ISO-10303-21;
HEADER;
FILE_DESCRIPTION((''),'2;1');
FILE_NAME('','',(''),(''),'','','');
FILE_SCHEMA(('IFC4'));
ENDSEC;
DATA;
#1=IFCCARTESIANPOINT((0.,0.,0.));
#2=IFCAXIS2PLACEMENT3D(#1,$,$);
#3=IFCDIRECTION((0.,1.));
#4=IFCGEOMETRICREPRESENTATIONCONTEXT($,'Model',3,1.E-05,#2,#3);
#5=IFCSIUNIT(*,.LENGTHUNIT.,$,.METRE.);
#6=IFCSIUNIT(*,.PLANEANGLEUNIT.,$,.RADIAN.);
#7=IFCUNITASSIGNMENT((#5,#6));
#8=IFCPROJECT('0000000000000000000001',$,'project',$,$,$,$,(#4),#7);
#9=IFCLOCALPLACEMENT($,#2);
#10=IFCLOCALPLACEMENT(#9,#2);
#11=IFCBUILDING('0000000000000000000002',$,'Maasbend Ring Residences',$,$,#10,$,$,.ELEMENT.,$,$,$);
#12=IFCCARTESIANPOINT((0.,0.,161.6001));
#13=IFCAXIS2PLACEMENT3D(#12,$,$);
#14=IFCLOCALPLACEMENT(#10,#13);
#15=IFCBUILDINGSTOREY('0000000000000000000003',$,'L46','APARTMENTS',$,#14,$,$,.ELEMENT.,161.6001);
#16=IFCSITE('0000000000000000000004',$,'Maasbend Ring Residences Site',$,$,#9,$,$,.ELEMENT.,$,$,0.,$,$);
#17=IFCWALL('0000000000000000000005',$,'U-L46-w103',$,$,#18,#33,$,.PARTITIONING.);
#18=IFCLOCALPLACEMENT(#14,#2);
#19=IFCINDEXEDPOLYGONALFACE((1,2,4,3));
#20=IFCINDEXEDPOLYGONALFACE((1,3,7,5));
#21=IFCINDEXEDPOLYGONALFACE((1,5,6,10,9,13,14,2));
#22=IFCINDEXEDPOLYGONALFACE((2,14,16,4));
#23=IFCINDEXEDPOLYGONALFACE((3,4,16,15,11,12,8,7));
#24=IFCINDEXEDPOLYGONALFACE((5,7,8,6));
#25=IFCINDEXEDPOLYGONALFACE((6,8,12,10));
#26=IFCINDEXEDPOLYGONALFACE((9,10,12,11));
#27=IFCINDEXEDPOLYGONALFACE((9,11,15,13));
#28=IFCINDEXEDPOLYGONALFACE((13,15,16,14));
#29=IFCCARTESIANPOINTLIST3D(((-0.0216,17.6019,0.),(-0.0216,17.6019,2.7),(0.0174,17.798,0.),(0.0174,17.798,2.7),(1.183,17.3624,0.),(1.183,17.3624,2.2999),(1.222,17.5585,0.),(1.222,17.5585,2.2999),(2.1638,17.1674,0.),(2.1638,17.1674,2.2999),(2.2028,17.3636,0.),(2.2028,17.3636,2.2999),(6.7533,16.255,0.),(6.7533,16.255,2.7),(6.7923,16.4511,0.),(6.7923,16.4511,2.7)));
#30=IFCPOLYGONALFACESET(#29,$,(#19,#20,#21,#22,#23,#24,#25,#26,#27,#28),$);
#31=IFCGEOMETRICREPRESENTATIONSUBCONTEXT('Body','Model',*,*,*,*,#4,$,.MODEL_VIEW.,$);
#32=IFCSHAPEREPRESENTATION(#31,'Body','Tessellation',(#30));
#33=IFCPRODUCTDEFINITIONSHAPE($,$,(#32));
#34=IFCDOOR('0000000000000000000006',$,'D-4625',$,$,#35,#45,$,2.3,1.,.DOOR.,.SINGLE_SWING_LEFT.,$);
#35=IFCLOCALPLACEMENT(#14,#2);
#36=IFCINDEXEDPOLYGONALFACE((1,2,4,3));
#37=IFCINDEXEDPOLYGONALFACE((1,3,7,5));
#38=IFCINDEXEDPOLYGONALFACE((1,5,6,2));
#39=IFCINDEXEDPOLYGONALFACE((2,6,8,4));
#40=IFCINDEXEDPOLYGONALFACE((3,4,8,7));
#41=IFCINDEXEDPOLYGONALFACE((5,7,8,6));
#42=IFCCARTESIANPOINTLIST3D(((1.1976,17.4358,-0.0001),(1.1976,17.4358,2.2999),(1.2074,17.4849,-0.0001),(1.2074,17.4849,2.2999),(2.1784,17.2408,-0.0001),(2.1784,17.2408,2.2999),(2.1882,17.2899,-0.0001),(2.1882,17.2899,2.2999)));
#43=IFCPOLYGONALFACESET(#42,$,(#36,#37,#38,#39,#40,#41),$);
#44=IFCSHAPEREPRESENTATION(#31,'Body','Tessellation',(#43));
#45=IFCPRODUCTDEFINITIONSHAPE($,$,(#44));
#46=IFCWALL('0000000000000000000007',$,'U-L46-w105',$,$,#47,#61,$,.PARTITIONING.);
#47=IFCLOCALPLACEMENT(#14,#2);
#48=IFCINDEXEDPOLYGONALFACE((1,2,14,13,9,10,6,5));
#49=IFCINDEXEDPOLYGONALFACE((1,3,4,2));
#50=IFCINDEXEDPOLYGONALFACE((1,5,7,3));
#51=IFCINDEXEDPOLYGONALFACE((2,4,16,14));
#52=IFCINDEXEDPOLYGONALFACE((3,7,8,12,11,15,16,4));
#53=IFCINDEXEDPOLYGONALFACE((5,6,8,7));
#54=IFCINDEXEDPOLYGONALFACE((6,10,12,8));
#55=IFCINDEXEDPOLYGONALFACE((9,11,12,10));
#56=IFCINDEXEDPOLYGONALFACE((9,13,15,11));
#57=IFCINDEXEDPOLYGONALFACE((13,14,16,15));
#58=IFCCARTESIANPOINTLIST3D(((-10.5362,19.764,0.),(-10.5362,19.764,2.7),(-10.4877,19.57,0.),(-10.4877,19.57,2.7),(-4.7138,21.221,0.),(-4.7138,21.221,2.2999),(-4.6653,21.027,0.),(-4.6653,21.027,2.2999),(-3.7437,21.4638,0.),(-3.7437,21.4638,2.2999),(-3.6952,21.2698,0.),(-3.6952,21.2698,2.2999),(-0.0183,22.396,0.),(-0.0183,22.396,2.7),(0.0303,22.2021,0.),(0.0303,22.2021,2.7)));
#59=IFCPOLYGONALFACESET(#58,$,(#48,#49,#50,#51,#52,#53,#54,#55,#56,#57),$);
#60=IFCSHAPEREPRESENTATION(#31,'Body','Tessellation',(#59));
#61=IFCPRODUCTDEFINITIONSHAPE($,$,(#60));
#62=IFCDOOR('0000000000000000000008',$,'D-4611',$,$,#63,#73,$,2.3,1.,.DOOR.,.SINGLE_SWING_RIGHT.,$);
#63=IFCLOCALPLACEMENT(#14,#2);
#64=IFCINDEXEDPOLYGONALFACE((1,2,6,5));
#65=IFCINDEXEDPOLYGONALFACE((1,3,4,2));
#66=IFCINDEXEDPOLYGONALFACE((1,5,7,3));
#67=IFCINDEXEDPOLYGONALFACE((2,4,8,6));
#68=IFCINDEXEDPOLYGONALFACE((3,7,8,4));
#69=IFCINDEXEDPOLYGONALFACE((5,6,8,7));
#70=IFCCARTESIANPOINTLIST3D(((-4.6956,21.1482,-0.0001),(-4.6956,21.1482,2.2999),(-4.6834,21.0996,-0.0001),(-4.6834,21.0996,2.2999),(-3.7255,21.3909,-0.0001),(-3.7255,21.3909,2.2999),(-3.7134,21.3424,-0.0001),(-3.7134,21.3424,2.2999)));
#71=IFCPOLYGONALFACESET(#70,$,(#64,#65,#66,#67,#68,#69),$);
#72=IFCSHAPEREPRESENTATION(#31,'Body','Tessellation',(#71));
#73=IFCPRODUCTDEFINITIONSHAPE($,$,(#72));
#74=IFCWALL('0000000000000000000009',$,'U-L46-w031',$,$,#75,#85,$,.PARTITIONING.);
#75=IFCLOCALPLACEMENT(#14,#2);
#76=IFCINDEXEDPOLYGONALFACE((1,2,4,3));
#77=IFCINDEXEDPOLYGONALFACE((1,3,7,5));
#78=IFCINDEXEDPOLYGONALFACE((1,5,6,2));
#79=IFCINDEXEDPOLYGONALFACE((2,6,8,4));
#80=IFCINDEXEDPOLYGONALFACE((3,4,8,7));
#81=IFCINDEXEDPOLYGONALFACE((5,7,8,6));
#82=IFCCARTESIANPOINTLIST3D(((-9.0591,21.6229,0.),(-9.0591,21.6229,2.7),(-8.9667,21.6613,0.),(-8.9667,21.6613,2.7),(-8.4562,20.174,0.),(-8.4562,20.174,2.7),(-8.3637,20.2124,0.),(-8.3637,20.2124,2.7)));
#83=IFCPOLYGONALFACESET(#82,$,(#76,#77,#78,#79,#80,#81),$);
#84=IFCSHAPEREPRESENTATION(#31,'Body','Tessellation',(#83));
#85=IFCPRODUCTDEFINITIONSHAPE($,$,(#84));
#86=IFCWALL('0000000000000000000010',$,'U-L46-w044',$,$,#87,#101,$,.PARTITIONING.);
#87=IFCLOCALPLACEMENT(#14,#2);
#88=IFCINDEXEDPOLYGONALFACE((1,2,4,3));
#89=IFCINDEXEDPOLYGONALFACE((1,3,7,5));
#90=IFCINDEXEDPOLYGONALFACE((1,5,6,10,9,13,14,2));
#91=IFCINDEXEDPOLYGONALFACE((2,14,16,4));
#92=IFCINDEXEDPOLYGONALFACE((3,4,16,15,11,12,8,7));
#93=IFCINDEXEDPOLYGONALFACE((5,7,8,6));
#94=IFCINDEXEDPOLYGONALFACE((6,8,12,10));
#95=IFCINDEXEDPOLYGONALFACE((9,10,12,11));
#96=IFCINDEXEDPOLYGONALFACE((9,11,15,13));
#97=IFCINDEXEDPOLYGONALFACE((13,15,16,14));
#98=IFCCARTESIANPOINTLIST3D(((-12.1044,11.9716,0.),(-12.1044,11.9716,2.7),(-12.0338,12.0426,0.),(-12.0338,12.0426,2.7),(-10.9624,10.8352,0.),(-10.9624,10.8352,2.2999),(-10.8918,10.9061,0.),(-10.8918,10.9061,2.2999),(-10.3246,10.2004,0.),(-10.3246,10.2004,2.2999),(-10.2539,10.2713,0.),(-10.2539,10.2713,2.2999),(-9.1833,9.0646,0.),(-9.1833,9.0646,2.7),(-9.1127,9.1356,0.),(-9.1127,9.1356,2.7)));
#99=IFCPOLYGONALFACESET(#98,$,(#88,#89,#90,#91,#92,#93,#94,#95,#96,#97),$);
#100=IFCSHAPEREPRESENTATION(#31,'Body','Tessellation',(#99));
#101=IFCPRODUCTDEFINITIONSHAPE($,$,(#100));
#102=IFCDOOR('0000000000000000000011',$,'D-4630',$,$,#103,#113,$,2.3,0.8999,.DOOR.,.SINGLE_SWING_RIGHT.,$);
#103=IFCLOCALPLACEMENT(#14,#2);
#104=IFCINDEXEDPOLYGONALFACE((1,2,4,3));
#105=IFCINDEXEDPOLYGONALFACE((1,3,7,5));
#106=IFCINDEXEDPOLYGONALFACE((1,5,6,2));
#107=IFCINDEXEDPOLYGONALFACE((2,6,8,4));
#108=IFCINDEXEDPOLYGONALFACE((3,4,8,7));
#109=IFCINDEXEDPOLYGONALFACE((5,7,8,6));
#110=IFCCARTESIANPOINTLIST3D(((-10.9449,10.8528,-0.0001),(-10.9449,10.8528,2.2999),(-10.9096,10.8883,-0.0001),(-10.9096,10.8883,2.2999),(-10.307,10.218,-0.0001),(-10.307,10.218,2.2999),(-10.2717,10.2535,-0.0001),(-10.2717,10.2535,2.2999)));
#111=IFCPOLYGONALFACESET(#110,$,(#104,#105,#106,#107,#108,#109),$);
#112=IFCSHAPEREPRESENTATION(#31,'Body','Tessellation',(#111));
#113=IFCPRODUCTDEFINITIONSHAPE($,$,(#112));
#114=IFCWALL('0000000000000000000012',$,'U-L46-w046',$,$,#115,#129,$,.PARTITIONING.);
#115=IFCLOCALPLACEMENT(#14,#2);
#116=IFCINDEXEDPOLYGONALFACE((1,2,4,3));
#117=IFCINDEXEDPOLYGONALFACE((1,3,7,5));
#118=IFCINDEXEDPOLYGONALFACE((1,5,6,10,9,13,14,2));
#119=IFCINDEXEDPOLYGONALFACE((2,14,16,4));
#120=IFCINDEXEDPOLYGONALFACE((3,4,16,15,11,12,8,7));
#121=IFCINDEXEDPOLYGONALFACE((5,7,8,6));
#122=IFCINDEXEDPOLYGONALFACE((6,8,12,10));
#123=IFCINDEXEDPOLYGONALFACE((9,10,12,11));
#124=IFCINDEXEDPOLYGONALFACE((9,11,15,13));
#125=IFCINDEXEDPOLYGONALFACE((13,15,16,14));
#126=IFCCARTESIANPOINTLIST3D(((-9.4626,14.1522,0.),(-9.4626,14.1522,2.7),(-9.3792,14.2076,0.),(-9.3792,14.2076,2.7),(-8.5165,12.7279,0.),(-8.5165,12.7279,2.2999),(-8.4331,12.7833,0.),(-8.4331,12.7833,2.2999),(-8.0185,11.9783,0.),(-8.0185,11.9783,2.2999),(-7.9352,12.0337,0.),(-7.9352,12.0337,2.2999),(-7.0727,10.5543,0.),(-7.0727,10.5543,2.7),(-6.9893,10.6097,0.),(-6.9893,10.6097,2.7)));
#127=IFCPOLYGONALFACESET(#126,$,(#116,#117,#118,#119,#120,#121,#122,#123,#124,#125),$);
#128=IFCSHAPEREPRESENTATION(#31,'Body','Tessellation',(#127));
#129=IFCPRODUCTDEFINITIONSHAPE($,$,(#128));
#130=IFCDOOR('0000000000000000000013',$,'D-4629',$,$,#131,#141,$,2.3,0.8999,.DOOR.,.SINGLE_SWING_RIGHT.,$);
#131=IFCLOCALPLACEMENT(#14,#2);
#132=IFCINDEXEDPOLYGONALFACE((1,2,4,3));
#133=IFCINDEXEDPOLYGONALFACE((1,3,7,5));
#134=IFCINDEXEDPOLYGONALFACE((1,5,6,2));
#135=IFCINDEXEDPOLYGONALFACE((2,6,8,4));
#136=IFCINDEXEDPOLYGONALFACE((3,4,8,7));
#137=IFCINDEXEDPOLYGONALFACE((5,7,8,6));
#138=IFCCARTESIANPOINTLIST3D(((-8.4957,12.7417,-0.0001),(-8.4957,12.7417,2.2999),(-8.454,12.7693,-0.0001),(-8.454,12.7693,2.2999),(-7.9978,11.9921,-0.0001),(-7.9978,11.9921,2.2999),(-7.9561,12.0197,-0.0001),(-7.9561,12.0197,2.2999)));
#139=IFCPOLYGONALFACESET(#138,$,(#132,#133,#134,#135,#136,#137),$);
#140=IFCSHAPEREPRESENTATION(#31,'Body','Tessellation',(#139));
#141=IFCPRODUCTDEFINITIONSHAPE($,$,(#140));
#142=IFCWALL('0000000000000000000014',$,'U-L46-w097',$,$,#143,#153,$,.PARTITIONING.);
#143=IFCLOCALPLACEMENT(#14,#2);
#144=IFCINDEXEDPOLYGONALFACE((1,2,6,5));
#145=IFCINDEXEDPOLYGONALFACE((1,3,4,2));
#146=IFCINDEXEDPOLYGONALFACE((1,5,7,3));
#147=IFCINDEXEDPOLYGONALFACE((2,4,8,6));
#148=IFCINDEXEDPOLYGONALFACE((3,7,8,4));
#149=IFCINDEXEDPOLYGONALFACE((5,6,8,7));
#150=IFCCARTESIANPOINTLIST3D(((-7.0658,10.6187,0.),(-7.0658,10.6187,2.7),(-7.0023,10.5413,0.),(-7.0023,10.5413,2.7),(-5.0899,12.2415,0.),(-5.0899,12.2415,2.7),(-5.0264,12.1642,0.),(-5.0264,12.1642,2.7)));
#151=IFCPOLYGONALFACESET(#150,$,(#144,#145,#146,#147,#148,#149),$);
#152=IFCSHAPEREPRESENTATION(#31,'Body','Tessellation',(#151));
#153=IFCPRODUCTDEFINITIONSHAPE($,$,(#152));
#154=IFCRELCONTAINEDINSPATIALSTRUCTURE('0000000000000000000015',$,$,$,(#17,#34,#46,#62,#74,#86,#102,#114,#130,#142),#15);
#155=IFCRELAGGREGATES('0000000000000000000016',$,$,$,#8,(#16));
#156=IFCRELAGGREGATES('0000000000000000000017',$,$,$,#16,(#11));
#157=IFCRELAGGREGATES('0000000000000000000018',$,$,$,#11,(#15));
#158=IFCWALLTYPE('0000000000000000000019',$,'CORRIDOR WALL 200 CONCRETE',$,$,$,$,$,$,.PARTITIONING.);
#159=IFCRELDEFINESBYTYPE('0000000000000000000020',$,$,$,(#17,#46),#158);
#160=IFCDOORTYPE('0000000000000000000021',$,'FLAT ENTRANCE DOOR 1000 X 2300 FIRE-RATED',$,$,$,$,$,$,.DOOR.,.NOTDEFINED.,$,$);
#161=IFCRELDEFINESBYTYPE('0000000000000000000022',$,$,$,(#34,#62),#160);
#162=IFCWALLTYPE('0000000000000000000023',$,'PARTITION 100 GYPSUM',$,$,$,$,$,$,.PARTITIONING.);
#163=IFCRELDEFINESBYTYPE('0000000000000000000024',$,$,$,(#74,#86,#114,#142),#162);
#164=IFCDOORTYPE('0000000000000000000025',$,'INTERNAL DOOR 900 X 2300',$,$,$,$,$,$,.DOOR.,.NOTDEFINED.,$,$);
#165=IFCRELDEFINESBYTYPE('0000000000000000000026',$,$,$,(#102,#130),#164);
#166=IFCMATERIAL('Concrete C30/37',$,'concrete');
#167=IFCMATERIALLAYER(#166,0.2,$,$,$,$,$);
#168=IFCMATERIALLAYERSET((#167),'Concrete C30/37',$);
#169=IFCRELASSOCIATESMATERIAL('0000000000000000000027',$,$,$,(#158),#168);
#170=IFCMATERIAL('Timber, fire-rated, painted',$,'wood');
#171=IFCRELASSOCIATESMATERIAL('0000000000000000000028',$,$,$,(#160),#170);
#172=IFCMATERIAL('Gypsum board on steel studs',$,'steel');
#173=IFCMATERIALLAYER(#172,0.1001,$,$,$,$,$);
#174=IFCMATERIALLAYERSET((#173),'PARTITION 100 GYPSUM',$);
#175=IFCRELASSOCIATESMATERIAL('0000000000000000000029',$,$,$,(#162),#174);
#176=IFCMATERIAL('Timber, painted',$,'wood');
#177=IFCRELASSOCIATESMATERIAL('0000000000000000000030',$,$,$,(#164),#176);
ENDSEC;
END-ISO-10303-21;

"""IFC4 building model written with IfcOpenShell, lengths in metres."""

from ifc_helpers import new_model, si_unit, direction, frame, frame_2d, origin, place, context, subcontext, project, spatial, rectangle, extrude, material, layer, layer_set, type_object, element, fill, save


model = new_model("IFC4")

# Units and contexts
model_context = context("Model", 3, precision=1e-05, world=origin(), true_north=direction((0.0, 1.0)))
body_context = subcontext(model_context, "Body", "Model", "MODEL_VIEW")
ifc_project = project(units=[si_unit("LENGTHUNIT", "METRE"), si_unit("PLANEANGLEUNIT", "RADIAN")], contexts=[model_context])

# Site, building, storey
site_placement = place(None, origin())
site = spatial("IfcSite", under=ifc_project, at=site_placement, Name="Maasbend Ring Residences Site", CompositionType="ELEMENT", RefElevation=0.0)
building_placement = place(site_placement, origin())
building = spatial("IfcBuilding", under=site, at=building_placement, Name="Maasbend Ring Residences", CompositionType="ELEMENT")
storey_placement = place(building_placement, frame((0.0, 0.0, 161.6001)))
storey = spatial("IfcBuildingStorey", under=building, at=storey_placement, Name="L46", Description="APARTMENTS", CompositionType="ELEMENT", Elevation=161.6001)

# Walls, openings, doors
ifc_material_1 = material(Name="Concrete C30/37", Category="concrete")
ifc_layer_1 = layer(ifc_material_1, 0.2)
ifc_layer_set_1 = layer_set([ifc_layer_1], Name="Concrete C30/37")
wall_type_1 = type_object("IfcWallType", Name="CORRIDOR WALL 200 CONCRETE", PredefinedType="PARTITIONING", material=ifc_layer_set_1)
wall_1_placement = place(storey_placement, frame((-0.002, 17.7, 0.0), z_axis=(0.0, 0.0, 1.0), x_axis=(0.980804, -0.194995, 0.0)))
wall_1 = element("IfcWall", 1, at=wall_1_placement, inside=storey, type_object=wall_type_1, Name="U-L46-w103", PredefinedType="PARTITIONING", context=body_context, shape_type="SweptSolid", body=[
    extrude(rectangle(XDim=6.9075, YDim=0.2, at=frame_2d((3.4536, 0.0))), origin(), (0.0, 0.0, 1.0), 2.7),
])
opening_1_placement = place(wall_1_placement, frame((1.228, 0.0, 0.0)))
opening_1 = element("IfcOpeningElement", 2, at=opening_1_placement, cuts=wall_1, PredefinedType="OPENING", context=body_context, shape_type="SweptSolid", body=[
    extrude(rectangle(XDim=1.0, YDim=2.3, at=frame_2d((0.5, 1.1499))), frame((0.0, 0.1099, 0.0), z_axis=(0.0, -1.0, 0.0), x_axis=(1.0, 0.0, 0.0)), (0.0, 0.0, 1.0), 0.22),
])
ifc_material_2 = material(Name="Timber, fire-rated, painted", Category="wood")
door_type_1 = type_object("IfcDoorType", Name="FLAT ENTRANCE DOOR 1000 X 2300 FIRE-RATED", OperationType="NOTDEFINED", PredefinedType="DOOR", material=ifc_material_2)
door_1_placement = place(opening_1_placement, origin())
door_1 = element("IfcDoor", 3, at=door_1_placement, inside=storey, type_object=door_type_1, Name="D-4625", OperationType="SINGLE_SWING_LEFT", OverallHeight=2.3, OverallWidth=1.0, PredefinedType="DOOR", context=body_context, shape_type="SweptSolid", body=[
    extrude(rectangle(XDim=1.0, YDim=2.3, at=frame_2d((0.5, 1.1499))), frame((0.0, 0.0249, 0.0), z_axis=(0.0, -1.0, 0.0), x_axis=(1.0, 0.0, 0.0)), (0.0, 0.0, 1.0), 0.05),
])
fill(opening_1, door_1)
wall_2_placement = place(storey_placement, frame((-10.512, 19.667, 0.0), z_axis=(0.0, 0.0, 1.0), x_axis=(0.970087, 0.242758, 0.0)))
wall_2 = element("IfcWall", 4, at=wall_2_placement, inside=storey, type_object=wall_type_1, Name="U-L46-w105", PredefinedType="PARTITIONING", context=body_context, shape_type="SweptSolid", body=[
    extrude(rectangle(XDim=10.8423, YDim=0.2, at=frame_2d((5.4211, 0.0))), origin(), (0.0, 0.0, 1.0), 2.7),
])
opening_2_placement = place(wall_2_placement, frame((6.002, 0.0, 0.0)))
opening_2 = element("IfcOpeningElement", 5, at=opening_2_placement, cuts=wall_2, PredefinedType="OPENING", context=body_context, shape_type="SweptSolid", body=[
    extrude(rectangle(XDim=1.0, YDim=2.3, at=frame_2d((0.5, 1.1499))), frame((0.0, 0.1099, 0.0), z_axis=(0.0, -1.0, 0.0), x_axis=(1.0, 0.0, 0.0)), (0.0, 0.0, 1.0), 0.22),
])
door_2_placement = place(opening_2_placement, origin())
door_2 = element("IfcDoor", 6, at=door_2_placement, inside=storey, type_object=door_type_1, Name="D-4611", OperationType="SINGLE_SWING_RIGHT", OverallHeight=2.3, OverallWidth=1.0, PredefinedType="DOOR", context=body_context, shape_type="SweptSolid", body=[
    extrude(rectangle(XDim=1.0, YDim=2.3, at=frame_2d((0.5, 1.1499))), frame((0.0, 0.0249, 0.0), z_axis=(0.0, -1.0, 0.0), x_axis=(1.0, 0.0, 0.0)), (0.0, 0.0, 1.0), 0.05),
])
fill(opening_2, door_2)

# Wall
ifc_material_3 = material(Name="Gypsum board on steel studs", Category="steel")
ifc_layer_2 = layer(ifc_material_3, 0.1001)
ifc_layer_set_2 = layer_set([ifc_layer_2], Name="PARTITION 100 GYPSUM")
wall_type_2 = type_object("IfcWallType", Name="PARTITION 100 GYPSUM", PredefinedType="PARTITIONING", material=ifc_layer_set_2)
wall_3_placement = place(storey_placement, frame((-9.0129, 21.6421, 0.0), z_axis=(0.0, 0.0, 1.0), x_axis=(0.384229, -0.923238, 0.0)))
element("IfcWall", 7, at=wall_3_placement, inside=storey, type_object=wall_type_2, Name="U-L46-w031", PredefinedType="PARTITIONING", context=body_context, shape_type="SweptSolid", body=[
    extrude(rectangle(XDim=1.5693, YDim=0.1001, at=frame_2d((0.7847, 0.0))), origin(), (0.0, 0.0, 1.0), 2.7),
])

# Walls, openings, doors
wall_4_placement = place(storey_placement, frame((-12.0691, 12.0071, 0.0), z_axis=(0.0, 0.0, 1.0), x_axis=(0.708823, -0.705387, 0.0)))
wall_4 = element("IfcWall", 8, at=wall_4_placement, inside=storey, type_object=wall_type_2, Name="U-L46-w044", PredefinedType="PARTITIONING", context=body_context, shape_type="SweptSolid", body=[
    extrude(rectangle(XDim=4.1211, YDim=0.1001, at=frame_2d((2.0605, 0.0))), origin(), (0.0, 0.0, 1.0), 2.7),
])
opening_3_placement = place(wall_4_placement, frame((1.6111, 0.0, 0.0)))
opening_3 = element("IfcOpeningElement", 9, at=opening_3_placement, cuts=wall_4, PredefinedType="OPENING", context=body_context, shape_type="SweptSolid", body=[
    extrude(rectangle(XDim=0.8999, YDim=2.3, at=frame_2d((0.45, 1.1499))), frame((0.0, 0.0601, 0.0), z_axis=(0.0, -1.0, 0.0), x_axis=(1.0, 0.0, 0.0)), (0.0, 0.0, 1.0), 0.1201),
])
ifc_material_4 = material(Name="Timber, painted", Category="wood")
door_type_2 = type_object("IfcDoorType", Name="INTERNAL DOOR 900 X 2300", OperationType="NOTDEFINED", PredefinedType="DOOR", material=ifc_material_4)
door_3_placement = place(opening_3_placement, origin())
door_3 = element("IfcDoor", 10, at=door_3_placement, inside=storey, type_object=door_type_2, Name="D-4630", OperationType="SINGLE_SWING_RIGHT", OverallHeight=2.3, OverallWidth=0.8999, PredefinedType="DOOR", context=body_context, shape_type="SweptSolid", body=[
    extrude(rectangle(XDim=0.8999, YDim=2.3, at=frame_2d((0.45, 1.1499))), frame((0.0, 0.0249, 0.0), z_axis=(0.0, -1.0, 0.0), x_axis=(1.0, 0.0, 0.0)), (0.0, 0.0, 1.0), 0.05),
])
fill(opening_3, door_3)
wall_5_placement = place(storey_placement, frame((-9.4209, 14.1799, 0.0), z_axis=(0.0, 0.0, 1.0), x_axis=(0.553304, -0.83298, 0.0)))
wall_5 = element("IfcWall", 11, at=wall_5_placement, inside=storey, type_object=wall_type_2, Name="U-L46-w046", PredefinedType="PARTITIONING", context=body_context, shape_type="SweptSolid", body=[
    extrude(rectangle(XDim=4.3193, YDim=0.1001, at=frame_2d((2.1597, 0.0))), origin(), (0.0, 0.0, 1.0), 2.7),
])
opening_4_placement = place(wall_5_placement, frame((1.71, 0.0, 0.0)))
opening_4 = element("IfcOpeningElement", 12, at=opening_4_placement, cuts=wall_5, PredefinedType="OPENING", context=body_context, shape_type="SweptSolid", body=[
    extrude(rectangle(XDim=0.8999, YDim=2.3, at=frame_2d((0.45, 1.1499))), frame((0.0, 0.0601, 0.0), z_axis=(0.0, -1.0, 0.0), x_axis=(1.0, 0.0, 0.0)), (0.0, 0.0, 1.0), 0.1201),
])
door_4_placement = place(opening_4_placement, origin())
door_4 = element("IfcDoor", 13, at=door_4_placement, inside=storey, type_object=door_type_2, Name="D-4629", OperationType="SINGLE_SWING_RIGHT", OverallHeight=2.3, OverallWidth=0.8999, PredefinedType="DOOR", context=body_context, shape_type="SweptSolid", body=[
    extrude(rectangle(XDim=0.8999, YDim=2.3, at=frame_2d((0.45, 1.1499))), frame((0.0, 0.0249, 0.0), z_axis=(0.0, -1.0, 0.0), x_axis=(1.0, 0.0, 0.0)), (0.0, 0.0, 1.0), 0.05),
])
fill(opening_4, door_4)

# Wall
wall_6_placement = place(storey_placement, frame((-7.0339, 10.5801, 0.0), z_axis=(0.0, 0.0, 1.0), x_axis=(0.772765, 0.634693, 0.0)))
element("IfcWall", 14, at=wall_6_placement, inside=storey, type_object=wall_type_2, Name="U-L46-w097", PredefinedType="PARTITIONING", context=body_context, shape_type="SweptSolid", body=[
    extrude(rectangle(XDim=2.5569, YDim=0.1001, at=frame_2d((1.2783, 0.0))), origin(), (0.0, 0.0, 1.0), 2.7),
])

save(model, "model.ifc")
